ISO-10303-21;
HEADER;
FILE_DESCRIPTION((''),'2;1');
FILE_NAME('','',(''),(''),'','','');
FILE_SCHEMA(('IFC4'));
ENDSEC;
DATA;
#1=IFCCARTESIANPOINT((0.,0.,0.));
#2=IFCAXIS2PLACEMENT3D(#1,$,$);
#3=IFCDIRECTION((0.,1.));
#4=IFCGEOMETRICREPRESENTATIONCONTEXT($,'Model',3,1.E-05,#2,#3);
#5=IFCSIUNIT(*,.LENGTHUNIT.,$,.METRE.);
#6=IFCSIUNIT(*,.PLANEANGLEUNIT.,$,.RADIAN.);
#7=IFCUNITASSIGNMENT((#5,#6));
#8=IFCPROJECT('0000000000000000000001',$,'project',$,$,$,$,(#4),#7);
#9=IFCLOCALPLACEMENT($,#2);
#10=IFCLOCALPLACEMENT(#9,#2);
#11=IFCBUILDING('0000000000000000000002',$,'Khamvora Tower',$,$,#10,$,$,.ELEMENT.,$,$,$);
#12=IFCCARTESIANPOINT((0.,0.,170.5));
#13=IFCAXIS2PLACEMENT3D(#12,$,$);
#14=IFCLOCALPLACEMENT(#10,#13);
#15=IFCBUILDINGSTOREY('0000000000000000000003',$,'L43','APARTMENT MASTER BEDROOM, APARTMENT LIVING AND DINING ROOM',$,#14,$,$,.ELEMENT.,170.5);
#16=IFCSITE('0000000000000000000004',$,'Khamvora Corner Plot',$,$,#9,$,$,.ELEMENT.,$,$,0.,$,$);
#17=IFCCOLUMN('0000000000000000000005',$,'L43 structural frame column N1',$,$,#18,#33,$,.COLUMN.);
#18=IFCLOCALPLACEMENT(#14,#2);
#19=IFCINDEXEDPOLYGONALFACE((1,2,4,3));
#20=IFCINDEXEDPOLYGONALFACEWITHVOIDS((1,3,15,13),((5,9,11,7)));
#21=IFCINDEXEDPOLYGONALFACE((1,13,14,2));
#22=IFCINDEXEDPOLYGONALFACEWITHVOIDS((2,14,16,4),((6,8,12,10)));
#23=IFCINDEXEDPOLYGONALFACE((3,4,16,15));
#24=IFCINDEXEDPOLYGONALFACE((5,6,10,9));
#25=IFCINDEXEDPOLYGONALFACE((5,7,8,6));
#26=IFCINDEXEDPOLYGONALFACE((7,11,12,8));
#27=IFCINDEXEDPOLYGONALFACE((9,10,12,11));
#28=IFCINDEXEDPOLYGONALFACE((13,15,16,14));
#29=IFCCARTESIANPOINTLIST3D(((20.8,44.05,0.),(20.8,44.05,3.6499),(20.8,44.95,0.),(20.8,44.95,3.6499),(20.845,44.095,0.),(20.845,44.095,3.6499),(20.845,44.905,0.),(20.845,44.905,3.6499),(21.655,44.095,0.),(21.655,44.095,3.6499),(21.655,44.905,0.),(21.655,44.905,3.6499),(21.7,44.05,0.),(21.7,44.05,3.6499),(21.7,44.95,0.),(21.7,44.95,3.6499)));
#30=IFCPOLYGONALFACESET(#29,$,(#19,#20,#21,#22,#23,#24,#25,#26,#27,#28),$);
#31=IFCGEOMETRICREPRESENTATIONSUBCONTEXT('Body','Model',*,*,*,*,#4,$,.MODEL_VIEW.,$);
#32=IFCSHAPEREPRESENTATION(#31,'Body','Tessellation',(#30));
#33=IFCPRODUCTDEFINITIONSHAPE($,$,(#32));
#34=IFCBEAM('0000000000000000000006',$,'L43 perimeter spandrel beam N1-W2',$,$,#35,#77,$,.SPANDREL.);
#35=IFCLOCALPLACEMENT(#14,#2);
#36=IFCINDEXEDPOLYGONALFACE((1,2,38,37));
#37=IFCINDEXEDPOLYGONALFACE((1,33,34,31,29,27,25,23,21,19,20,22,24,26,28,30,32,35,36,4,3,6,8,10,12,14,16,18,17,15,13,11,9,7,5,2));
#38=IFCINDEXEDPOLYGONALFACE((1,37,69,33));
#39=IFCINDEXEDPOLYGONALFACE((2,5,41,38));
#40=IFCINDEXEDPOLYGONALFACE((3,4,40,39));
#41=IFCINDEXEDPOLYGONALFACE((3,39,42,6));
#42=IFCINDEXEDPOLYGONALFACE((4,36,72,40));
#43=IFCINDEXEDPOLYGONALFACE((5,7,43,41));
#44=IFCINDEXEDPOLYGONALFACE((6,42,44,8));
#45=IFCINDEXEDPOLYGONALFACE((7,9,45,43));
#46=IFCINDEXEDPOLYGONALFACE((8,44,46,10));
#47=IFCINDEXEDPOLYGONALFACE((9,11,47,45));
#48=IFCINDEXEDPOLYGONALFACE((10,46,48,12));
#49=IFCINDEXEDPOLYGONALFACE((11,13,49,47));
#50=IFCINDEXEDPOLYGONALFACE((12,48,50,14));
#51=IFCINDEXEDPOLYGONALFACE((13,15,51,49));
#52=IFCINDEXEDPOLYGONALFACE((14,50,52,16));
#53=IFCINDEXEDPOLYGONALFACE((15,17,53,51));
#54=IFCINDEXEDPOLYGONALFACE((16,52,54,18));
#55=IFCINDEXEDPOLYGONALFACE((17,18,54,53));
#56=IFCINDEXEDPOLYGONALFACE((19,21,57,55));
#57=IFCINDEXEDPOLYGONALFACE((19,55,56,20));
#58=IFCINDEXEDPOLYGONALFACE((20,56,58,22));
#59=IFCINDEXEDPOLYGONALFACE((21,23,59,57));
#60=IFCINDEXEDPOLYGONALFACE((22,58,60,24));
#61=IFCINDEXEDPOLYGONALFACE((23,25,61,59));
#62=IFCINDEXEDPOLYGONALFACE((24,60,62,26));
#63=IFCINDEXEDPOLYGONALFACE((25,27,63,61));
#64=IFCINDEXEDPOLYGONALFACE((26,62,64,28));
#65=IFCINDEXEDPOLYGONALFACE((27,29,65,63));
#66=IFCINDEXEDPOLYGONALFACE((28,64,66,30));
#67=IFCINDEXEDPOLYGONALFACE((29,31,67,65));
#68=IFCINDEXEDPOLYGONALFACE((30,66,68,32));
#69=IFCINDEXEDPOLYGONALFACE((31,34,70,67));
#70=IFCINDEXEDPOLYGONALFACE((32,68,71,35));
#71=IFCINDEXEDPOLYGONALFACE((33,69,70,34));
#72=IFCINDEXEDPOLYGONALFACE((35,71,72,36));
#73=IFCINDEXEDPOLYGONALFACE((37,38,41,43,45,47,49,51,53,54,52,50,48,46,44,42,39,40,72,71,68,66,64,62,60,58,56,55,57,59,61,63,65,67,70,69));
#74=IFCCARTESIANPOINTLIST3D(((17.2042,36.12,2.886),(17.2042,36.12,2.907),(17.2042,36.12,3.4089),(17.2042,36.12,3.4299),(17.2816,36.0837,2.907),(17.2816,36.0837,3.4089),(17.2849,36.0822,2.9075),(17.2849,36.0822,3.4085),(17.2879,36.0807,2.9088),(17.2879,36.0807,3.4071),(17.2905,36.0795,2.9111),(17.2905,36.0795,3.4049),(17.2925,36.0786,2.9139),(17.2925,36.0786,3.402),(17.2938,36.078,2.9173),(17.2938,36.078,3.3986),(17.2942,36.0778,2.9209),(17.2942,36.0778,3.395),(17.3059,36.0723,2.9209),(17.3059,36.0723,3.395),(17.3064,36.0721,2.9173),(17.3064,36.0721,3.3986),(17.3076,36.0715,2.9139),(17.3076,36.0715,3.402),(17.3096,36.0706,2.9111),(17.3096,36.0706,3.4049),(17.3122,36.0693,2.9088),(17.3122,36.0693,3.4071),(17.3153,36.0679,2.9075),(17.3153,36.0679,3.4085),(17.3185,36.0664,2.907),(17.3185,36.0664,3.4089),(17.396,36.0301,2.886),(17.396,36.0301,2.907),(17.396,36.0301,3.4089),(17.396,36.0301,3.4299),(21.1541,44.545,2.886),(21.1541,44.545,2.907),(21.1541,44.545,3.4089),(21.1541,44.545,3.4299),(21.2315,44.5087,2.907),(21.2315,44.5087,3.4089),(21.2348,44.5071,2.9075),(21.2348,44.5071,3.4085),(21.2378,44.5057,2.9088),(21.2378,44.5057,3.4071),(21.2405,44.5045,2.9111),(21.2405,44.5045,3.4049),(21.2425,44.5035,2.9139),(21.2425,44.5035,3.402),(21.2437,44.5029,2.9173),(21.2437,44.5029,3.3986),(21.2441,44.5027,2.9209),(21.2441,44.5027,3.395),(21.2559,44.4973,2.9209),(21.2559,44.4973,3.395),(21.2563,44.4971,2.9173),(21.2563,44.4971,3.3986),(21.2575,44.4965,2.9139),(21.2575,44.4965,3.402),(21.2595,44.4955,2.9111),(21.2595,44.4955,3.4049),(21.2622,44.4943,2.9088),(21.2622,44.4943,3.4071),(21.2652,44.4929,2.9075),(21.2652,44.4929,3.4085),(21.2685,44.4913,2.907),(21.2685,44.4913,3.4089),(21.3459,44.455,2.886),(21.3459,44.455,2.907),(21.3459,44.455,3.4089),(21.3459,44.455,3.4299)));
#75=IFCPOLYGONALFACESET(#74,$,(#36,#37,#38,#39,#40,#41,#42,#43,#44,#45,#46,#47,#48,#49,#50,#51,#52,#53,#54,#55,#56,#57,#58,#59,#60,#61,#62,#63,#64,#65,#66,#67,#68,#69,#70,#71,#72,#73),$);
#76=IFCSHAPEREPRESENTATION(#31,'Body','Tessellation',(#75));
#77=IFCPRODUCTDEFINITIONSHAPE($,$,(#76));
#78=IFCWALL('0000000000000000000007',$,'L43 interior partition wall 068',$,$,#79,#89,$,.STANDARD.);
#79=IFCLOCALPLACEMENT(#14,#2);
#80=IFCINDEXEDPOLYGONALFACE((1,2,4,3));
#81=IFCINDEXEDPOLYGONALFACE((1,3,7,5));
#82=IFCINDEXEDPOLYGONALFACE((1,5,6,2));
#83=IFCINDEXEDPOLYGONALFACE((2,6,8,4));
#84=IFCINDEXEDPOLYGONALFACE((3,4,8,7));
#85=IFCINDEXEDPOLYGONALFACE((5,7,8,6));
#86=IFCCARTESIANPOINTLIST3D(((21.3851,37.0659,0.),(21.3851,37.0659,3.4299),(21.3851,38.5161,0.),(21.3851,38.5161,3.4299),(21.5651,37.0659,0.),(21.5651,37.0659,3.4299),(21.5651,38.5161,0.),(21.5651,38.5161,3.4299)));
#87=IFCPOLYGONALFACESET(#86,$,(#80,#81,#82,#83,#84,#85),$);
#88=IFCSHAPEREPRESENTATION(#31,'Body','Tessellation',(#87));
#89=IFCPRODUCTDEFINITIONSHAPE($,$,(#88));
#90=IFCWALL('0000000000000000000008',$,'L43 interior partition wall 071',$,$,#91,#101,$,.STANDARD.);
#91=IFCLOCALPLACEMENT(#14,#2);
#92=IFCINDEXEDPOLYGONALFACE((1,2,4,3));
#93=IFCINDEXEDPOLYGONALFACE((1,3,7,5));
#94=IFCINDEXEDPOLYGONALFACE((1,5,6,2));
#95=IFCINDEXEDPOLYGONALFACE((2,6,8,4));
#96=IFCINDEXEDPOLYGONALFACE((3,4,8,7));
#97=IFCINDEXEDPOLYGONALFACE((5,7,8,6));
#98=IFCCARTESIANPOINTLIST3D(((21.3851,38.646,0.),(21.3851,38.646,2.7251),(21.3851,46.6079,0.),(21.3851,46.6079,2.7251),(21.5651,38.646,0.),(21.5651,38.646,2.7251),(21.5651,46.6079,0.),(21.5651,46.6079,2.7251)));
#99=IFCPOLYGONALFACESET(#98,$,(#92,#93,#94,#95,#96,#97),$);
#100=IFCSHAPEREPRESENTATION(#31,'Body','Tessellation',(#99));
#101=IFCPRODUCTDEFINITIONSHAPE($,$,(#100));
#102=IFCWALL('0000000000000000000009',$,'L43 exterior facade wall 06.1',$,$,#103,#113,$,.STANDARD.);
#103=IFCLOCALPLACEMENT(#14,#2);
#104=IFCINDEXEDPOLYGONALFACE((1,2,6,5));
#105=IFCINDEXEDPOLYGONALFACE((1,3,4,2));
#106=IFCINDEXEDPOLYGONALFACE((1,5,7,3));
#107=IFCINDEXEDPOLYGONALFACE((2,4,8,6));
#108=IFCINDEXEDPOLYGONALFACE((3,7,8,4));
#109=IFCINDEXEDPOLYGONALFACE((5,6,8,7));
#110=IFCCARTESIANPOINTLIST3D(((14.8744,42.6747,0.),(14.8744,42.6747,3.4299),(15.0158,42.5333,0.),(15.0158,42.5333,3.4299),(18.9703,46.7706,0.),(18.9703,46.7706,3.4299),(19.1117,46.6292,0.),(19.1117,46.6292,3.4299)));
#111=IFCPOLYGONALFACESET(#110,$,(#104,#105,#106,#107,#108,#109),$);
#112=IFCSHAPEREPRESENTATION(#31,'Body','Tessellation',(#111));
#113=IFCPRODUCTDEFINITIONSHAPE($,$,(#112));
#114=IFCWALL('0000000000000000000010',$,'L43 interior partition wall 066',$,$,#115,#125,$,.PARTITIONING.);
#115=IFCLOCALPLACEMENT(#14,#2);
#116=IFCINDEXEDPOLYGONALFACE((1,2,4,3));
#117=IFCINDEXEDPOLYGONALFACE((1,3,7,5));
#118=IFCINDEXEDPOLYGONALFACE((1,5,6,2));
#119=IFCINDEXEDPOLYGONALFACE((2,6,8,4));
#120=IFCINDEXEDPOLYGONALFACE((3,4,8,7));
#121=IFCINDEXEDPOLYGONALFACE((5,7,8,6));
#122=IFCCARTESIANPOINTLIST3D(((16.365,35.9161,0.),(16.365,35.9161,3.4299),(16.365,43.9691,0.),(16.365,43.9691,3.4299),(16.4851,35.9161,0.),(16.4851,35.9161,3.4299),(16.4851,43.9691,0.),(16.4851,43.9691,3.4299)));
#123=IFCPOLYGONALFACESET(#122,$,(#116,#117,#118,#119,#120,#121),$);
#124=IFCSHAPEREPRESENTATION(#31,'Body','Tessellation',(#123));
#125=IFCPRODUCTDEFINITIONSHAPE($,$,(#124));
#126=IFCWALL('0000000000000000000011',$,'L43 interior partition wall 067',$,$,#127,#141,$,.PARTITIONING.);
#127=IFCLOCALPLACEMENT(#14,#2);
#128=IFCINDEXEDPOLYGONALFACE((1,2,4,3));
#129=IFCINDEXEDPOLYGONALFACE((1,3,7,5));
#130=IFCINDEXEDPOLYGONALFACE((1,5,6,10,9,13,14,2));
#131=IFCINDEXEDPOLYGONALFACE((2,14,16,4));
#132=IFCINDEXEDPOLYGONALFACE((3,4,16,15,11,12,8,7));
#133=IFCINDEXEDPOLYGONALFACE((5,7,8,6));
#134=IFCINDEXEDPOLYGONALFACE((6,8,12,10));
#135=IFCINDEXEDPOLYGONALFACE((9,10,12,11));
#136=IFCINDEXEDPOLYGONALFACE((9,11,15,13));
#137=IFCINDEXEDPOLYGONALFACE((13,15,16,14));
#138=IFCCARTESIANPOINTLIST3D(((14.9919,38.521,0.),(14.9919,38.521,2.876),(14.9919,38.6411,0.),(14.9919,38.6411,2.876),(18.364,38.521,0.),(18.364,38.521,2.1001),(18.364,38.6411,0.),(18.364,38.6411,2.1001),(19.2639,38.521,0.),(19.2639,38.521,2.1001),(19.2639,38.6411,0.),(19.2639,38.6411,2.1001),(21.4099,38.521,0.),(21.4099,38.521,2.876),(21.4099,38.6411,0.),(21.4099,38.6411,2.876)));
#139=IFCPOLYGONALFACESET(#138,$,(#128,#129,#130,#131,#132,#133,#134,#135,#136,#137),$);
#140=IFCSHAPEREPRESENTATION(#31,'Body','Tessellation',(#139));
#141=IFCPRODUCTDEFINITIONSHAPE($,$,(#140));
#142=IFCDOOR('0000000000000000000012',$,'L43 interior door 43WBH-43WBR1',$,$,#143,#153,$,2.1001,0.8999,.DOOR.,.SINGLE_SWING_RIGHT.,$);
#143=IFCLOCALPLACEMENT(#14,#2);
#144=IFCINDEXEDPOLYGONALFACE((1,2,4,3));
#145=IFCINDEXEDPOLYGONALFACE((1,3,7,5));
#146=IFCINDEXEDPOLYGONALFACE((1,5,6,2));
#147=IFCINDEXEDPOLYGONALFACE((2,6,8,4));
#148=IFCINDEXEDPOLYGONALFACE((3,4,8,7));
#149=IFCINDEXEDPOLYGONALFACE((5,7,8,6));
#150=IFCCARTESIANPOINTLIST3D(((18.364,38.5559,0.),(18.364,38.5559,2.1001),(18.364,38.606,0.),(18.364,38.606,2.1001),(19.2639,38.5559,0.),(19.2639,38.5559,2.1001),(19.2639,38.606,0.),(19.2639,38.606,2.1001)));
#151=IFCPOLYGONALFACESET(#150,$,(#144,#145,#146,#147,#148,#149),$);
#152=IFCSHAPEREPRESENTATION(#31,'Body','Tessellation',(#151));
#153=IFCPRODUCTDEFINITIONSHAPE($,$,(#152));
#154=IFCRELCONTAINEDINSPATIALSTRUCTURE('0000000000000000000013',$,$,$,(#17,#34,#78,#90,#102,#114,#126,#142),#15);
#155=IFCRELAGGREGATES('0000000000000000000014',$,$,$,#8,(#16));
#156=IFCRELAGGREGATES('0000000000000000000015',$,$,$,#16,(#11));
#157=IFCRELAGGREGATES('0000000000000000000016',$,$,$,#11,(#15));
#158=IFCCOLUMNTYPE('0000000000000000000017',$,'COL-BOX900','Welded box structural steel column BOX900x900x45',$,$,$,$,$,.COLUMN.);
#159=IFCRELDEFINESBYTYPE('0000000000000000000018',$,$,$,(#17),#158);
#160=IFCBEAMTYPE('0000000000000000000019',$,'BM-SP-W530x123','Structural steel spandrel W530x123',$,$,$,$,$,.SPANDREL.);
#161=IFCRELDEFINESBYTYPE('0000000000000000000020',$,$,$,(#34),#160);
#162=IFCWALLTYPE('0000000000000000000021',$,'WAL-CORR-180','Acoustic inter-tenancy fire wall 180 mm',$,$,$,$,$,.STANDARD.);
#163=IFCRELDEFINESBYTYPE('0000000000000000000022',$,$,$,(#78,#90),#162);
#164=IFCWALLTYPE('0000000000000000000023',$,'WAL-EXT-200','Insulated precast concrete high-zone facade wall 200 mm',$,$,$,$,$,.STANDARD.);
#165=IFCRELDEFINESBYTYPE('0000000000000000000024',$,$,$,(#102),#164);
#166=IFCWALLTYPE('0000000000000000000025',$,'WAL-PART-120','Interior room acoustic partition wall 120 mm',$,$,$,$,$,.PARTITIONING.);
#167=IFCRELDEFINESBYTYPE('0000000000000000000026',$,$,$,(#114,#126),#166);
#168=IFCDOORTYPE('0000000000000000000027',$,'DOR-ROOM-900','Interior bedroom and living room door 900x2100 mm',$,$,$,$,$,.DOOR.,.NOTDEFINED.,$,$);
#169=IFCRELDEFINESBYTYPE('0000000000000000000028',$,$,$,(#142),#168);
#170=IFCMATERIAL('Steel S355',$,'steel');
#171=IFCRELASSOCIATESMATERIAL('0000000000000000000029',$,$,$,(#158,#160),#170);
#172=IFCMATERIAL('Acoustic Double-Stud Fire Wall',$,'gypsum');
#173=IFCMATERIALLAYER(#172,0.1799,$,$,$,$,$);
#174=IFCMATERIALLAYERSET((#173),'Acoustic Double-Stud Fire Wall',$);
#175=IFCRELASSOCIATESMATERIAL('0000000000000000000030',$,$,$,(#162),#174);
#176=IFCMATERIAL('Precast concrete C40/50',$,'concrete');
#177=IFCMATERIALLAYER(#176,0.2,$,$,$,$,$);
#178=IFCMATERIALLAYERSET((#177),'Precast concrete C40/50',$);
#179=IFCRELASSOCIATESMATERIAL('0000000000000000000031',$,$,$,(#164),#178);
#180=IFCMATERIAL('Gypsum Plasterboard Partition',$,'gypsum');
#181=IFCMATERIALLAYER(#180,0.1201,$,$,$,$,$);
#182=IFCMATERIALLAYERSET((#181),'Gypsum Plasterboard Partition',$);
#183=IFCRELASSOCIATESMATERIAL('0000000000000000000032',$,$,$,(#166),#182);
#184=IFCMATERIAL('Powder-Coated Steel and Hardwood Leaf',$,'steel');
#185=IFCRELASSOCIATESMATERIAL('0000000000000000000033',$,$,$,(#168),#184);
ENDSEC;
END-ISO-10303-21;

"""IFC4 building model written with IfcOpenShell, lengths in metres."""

from ifc_helpers import new_model, si_unit, direction, frame, frame_2d, origin, origin_2d, place, context, subcontext, project, spatial, rectangle, hollow_rectangle, i_section, extrude, material, layer, layer_set, material_profile, profile_set, type_object, element, fill, save


model = new_model("IFC4")

# Units and contexts
model_context = context("Model", 3, precision=1e-05, world=origin(), true_north=direction((0.0, 1.0)))
body_context = subcontext(model_context, "Body", "Model", "MODEL_VIEW")
ifc_project = project(units=[si_unit("LENGTHUNIT", "METRE"), si_unit("PLANEANGLEUNIT", "RADIAN")], contexts=[model_context])

# Site, building, storey
site_placement = place(None, origin())
site = spatial("IfcSite", under=ifc_project, at=site_placement, Name="Khamvora Corner Plot", CompositionType="ELEMENT", RefElevation=0.0)
building_placement = place(site_placement, origin())
building = spatial("IfcBuilding", under=site, at=building_placement, Name="Khamvora Tower", CompositionType="ELEMENT")
storey_placement = place(building_placement, frame((0.0, 0.0, 170.5)))
storey = spatial("IfcBuildingStorey", under=building, at=storey_placement, Name="L43", Description="APARTMENT MASTER BEDROOM, APARTMENT LIVING AND DINING ROOM", CompositionType="ELEMENT", Elevation=170.5)

# Column
ifc_material_1 = material(Name="Steel S355", Category="steel")
ifc_material_profile_1 = material_profile(ifc_material_1, hollow_rectangle(XDim=0.8999, YDim=0.8999, WallThickness=0.0449, at=origin_2d()), Name="BOX900x900x45")
ifc_profile_set_1 = profile_set([ifc_material_profile_1], Name="Steel S355")
column_type = type_object("IfcColumnType", Name="COL-BOX900", Description="Welded box structural steel column BOX900x900x45", PredefinedType="COLUMN", material=ifc_profile_set_1)
column_placement = place(storey_placement, frame((21.25, 44.5, 0.0), z_axis=(0.0, 0.0, 1.0), x_axis=(1.0, 0.0, 0.0)))
element("IfcColumn", 1, at=column_placement, inside=storey, type_object=column_type, Name="L43 structural frame column N1", PredefinedType="COLUMN", context=body_context, shape_type="SweptSolid", body=[
    extrude(hollow_rectangle(XDim=0.8999, YDim=0.8999, WallThickness=0.0449, at=origin_2d()), origin(), (0.0, 0.0, 1.0), 3.6499),
])

# Beam
ifc_material_profile_2 = material_profile(ifc_material_1, i_section(OverallWidth=0.2119, OverallDepth=0.5439, WebThickness=0.0129, FlangeThickness=0.021, FilletRadius=0.0139, at=origin_2d()), Name="W530x123")
ifc_profile_set_2 = profile_set([ifc_material_profile_2], Name="Steel S355")
beam_type = type_object("IfcBeamType", Name="BM-SP-W530x123", Description="Structural steel spandrel W530x123", PredefinedType="SPANDREL", material=ifc_profile_set_2)
beam_placement = place(storey_placement, frame((21.25, 44.5, 3.158), z_axis=(-0.424496, -0.90543, 0.0), x_axis=(0.90543, -0.424496, 0.0)))
element("IfcBeam", 2, at=beam_placement, inside=storey, type_object=beam_type, Name="L43 perimeter spandrel beam N1-W2", PredefinedType="SPANDREL", context=body_context, shape_type="SweptSolid", body=[
    extrude(i_section(OverallWidth=0.2119, OverallDepth=0.5439, WebThickness=0.0129, FlangeThickness=0.021, FilletRadius=0.0139, at=origin_2d()), origin(), (0.0, 0.0, 1.0), 9.3049),
])

# Walls
ifc_material_2 = material(Name="Acoustic Double-Stud Fire Wall", Category="gypsum")
ifc_layer_1 = layer(ifc_material_2, 0.1799)
ifc_layer_set_1 = layer_set([ifc_layer_1], Name="Acoustic Double-Stud Fire Wall")
wall_type_1 = type_object("IfcWallType", Name="WAL-CORR-180", Description="Acoustic inter-tenancy fire wall 180 mm", PredefinedType="STANDARD", material=ifc_layer_set_1)
wall_1_placement = place(storey_placement, frame((21.4751, 38.5161, 0.0), z_axis=(0.0, 0.0, 1.0), x_axis=(0.0, -1.0, 0.0)))
element("IfcWall", 3, at=wall_1_placement, inside=storey, type_object=wall_type_1, Name="L43 interior partition wall 068", PredefinedType="STANDARD", context=body_context, shape_type="SweptSolid", body=[
    extrude(rectangle(XDim=1.4502, YDim=0.1799, at=frame_2d((0.7251, 0.0))), origin(), (0.0, 0.0, 1.0), 3.4299),
])
wall_2_placement = place(storey_placement, frame((21.4751, 46.6079, 0.0), z_axis=(0.0, 0.0, 1.0), x_axis=(0.0, -1.0, 0.0)))
element("IfcWall", 4, at=wall_2_placement, inside=storey, type_object=wall_type_1, Name="L43 interior partition wall 071", PredefinedType="STANDARD", context=body_context, shape_type="SweptSolid", body=[
    extrude(rectangle(XDim=7.9619, YDim=0.1799, at=frame_2d((3.981, 0.0))), origin(), (0.0, 0.0, 1.0), 2.7251),
])
ifc_material_3 = material(Name="Precast concrete C40/50", Category="concrete")
ifc_layer_2 = layer(ifc_material_3, 0.2)
ifc_layer_set_2 = layer_set([ifc_layer_2], Name="Precast concrete C40/50")
wall_type_2 = type_object("IfcWallType", Name="WAL-EXT-200", Description="Insulated precast concrete high-zone facade wall 200 mm", PredefinedType="STANDARD", material=ifc_layer_set_2)
wall_3_placement = place(storey_placement, frame((14.9451, 42.604, 0.0), z_axis=(0.0, 0.0, 1.0), x_axis=(0.707107, 0.707107, 0.0)))
element("IfcWall", 5, at=wall_3_placement, inside=storey, type_object=wall_type_2, Name="L43 exterior facade wall 06.1", PredefinedType="STANDARD", context=body_context, shape_type="SweptSolid", body=[
    extrude(rectangle(XDim=5.7925, YDim=0.2, at=frame_2d((2.8962, 0.0))), origin(), (0.0, 0.0, 1.0), 3.4299),
])

# Wall
ifc_material_4 = material(Name="Gypsum Plasterboard Partition", Category="gypsum")
ifc_layer_3 = layer(ifc_material_4, 0.1201)
ifc_layer_set_3 = layer_set([ifc_layer_3], Name="Gypsum Plasterboard Partition")
wall_type_3 = type_object("IfcWallType", Name="WAL-PART-120", Description="Interior room acoustic partition wall 120 mm", PredefinedType="PARTITIONING", material=ifc_layer_set_3)
wall_4_placement = place(storey_placement, frame((16.425, 43.969, 0.0), z_axis=(0.0, 0.0, 1.0), x_axis=(0.0, -1.0, 0.0)))
element("IfcWall", 6, at=wall_4_placement, inside=storey, type_object=wall_type_3, Name="L43 interior partition wall 066", PredefinedType="PARTITIONING", context=body_context, shape_type="SweptSolid", body=[
    extrude(rectangle(XDim=8.053, YDim=0.1201, at=frame_2d((4.0264, 0.0))), origin(), (0.0, 0.0, 1.0), 3.4299),
])

# Wall, opening, door
wall_5_placement = place(storey_placement, frame((14.9919, 38.5811, 0.0), z_axis=(0.0, 0.0, 1.0), x_axis=(1.0, 0.0, 0.0)))
wall_5 = element("IfcWall", 7, at=wall_5_placement, inside=storey, type_object=wall_type_3, Name="L43 interior partition wall 067", PredefinedType="PARTITIONING", context=body_context, shape_type="SweptSolid", body=[
    extrude(rectangle(XDim=6.418, YDim=0.1201, at=frame_2d((3.209, 0.0))), origin(), (0.0, 0.0, 1.0), 2.876),
])
opening_1_placement = place(wall_5_placement, frame((3.3721, 0.0, 0.0)))
opening_1 = element("IfcOpeningElement", 8, at=opening_1_placement, cuts=wall_5, PredefinedType="OPENING", context=body_context, shape_type="SweptSolid", body=[
    extrude(rectangle(XDim=0.8999, YDim=2.1001, at=frame_2d((0.45, 1.05))), frame((0.0, 0.0701, 0.0), z_axis=(0.0, -1.0, 0.0), x_axis=(1.0, 0.0, 0.0)), (0.0, 0.0, 1.0), 0.1401),
])
ifc_material_5 = material(Name="Powder-Coated Steel and Hardwood Leaf", Category="steel")
door_type_1 = type_object("IfcDoorType", Name="DOR-ROOM-900", Description="Interior bedroom and living room door 900x2100 mm", OperationType="NOTDEFINED", PredefinedType="DOOR", material=ifc_material_5)
door_1_placement = place(opening_1_placement, origin())
door_1 = element("IfcDoor", 9, at=door_1_placement, inside=storey, type_object=door_type_1, Name="L43 interior door 43WBH-43WBR1", OperationType="SINGLE_SWING_RIGHT", OverallHeight=2.1001, OverallWidth=0.8999, PredefinedType="DOOR", context=body_context, shape_type="SweptSolid", body=[
    extrude(rectangle(XDim=0.8999, YDim=2.1001, at=frame_2d((0.45, 1.05))), frame((0.0, 0.0249, 0.0), z_axis=(0.0, -1.0, 0.0), x_axis=(1.0, 0.0, 0.0)), (0.0, 0.0, 1.0), 0.05),
])
fill(opening_1, door_1)

save(model, "model.ifc")
